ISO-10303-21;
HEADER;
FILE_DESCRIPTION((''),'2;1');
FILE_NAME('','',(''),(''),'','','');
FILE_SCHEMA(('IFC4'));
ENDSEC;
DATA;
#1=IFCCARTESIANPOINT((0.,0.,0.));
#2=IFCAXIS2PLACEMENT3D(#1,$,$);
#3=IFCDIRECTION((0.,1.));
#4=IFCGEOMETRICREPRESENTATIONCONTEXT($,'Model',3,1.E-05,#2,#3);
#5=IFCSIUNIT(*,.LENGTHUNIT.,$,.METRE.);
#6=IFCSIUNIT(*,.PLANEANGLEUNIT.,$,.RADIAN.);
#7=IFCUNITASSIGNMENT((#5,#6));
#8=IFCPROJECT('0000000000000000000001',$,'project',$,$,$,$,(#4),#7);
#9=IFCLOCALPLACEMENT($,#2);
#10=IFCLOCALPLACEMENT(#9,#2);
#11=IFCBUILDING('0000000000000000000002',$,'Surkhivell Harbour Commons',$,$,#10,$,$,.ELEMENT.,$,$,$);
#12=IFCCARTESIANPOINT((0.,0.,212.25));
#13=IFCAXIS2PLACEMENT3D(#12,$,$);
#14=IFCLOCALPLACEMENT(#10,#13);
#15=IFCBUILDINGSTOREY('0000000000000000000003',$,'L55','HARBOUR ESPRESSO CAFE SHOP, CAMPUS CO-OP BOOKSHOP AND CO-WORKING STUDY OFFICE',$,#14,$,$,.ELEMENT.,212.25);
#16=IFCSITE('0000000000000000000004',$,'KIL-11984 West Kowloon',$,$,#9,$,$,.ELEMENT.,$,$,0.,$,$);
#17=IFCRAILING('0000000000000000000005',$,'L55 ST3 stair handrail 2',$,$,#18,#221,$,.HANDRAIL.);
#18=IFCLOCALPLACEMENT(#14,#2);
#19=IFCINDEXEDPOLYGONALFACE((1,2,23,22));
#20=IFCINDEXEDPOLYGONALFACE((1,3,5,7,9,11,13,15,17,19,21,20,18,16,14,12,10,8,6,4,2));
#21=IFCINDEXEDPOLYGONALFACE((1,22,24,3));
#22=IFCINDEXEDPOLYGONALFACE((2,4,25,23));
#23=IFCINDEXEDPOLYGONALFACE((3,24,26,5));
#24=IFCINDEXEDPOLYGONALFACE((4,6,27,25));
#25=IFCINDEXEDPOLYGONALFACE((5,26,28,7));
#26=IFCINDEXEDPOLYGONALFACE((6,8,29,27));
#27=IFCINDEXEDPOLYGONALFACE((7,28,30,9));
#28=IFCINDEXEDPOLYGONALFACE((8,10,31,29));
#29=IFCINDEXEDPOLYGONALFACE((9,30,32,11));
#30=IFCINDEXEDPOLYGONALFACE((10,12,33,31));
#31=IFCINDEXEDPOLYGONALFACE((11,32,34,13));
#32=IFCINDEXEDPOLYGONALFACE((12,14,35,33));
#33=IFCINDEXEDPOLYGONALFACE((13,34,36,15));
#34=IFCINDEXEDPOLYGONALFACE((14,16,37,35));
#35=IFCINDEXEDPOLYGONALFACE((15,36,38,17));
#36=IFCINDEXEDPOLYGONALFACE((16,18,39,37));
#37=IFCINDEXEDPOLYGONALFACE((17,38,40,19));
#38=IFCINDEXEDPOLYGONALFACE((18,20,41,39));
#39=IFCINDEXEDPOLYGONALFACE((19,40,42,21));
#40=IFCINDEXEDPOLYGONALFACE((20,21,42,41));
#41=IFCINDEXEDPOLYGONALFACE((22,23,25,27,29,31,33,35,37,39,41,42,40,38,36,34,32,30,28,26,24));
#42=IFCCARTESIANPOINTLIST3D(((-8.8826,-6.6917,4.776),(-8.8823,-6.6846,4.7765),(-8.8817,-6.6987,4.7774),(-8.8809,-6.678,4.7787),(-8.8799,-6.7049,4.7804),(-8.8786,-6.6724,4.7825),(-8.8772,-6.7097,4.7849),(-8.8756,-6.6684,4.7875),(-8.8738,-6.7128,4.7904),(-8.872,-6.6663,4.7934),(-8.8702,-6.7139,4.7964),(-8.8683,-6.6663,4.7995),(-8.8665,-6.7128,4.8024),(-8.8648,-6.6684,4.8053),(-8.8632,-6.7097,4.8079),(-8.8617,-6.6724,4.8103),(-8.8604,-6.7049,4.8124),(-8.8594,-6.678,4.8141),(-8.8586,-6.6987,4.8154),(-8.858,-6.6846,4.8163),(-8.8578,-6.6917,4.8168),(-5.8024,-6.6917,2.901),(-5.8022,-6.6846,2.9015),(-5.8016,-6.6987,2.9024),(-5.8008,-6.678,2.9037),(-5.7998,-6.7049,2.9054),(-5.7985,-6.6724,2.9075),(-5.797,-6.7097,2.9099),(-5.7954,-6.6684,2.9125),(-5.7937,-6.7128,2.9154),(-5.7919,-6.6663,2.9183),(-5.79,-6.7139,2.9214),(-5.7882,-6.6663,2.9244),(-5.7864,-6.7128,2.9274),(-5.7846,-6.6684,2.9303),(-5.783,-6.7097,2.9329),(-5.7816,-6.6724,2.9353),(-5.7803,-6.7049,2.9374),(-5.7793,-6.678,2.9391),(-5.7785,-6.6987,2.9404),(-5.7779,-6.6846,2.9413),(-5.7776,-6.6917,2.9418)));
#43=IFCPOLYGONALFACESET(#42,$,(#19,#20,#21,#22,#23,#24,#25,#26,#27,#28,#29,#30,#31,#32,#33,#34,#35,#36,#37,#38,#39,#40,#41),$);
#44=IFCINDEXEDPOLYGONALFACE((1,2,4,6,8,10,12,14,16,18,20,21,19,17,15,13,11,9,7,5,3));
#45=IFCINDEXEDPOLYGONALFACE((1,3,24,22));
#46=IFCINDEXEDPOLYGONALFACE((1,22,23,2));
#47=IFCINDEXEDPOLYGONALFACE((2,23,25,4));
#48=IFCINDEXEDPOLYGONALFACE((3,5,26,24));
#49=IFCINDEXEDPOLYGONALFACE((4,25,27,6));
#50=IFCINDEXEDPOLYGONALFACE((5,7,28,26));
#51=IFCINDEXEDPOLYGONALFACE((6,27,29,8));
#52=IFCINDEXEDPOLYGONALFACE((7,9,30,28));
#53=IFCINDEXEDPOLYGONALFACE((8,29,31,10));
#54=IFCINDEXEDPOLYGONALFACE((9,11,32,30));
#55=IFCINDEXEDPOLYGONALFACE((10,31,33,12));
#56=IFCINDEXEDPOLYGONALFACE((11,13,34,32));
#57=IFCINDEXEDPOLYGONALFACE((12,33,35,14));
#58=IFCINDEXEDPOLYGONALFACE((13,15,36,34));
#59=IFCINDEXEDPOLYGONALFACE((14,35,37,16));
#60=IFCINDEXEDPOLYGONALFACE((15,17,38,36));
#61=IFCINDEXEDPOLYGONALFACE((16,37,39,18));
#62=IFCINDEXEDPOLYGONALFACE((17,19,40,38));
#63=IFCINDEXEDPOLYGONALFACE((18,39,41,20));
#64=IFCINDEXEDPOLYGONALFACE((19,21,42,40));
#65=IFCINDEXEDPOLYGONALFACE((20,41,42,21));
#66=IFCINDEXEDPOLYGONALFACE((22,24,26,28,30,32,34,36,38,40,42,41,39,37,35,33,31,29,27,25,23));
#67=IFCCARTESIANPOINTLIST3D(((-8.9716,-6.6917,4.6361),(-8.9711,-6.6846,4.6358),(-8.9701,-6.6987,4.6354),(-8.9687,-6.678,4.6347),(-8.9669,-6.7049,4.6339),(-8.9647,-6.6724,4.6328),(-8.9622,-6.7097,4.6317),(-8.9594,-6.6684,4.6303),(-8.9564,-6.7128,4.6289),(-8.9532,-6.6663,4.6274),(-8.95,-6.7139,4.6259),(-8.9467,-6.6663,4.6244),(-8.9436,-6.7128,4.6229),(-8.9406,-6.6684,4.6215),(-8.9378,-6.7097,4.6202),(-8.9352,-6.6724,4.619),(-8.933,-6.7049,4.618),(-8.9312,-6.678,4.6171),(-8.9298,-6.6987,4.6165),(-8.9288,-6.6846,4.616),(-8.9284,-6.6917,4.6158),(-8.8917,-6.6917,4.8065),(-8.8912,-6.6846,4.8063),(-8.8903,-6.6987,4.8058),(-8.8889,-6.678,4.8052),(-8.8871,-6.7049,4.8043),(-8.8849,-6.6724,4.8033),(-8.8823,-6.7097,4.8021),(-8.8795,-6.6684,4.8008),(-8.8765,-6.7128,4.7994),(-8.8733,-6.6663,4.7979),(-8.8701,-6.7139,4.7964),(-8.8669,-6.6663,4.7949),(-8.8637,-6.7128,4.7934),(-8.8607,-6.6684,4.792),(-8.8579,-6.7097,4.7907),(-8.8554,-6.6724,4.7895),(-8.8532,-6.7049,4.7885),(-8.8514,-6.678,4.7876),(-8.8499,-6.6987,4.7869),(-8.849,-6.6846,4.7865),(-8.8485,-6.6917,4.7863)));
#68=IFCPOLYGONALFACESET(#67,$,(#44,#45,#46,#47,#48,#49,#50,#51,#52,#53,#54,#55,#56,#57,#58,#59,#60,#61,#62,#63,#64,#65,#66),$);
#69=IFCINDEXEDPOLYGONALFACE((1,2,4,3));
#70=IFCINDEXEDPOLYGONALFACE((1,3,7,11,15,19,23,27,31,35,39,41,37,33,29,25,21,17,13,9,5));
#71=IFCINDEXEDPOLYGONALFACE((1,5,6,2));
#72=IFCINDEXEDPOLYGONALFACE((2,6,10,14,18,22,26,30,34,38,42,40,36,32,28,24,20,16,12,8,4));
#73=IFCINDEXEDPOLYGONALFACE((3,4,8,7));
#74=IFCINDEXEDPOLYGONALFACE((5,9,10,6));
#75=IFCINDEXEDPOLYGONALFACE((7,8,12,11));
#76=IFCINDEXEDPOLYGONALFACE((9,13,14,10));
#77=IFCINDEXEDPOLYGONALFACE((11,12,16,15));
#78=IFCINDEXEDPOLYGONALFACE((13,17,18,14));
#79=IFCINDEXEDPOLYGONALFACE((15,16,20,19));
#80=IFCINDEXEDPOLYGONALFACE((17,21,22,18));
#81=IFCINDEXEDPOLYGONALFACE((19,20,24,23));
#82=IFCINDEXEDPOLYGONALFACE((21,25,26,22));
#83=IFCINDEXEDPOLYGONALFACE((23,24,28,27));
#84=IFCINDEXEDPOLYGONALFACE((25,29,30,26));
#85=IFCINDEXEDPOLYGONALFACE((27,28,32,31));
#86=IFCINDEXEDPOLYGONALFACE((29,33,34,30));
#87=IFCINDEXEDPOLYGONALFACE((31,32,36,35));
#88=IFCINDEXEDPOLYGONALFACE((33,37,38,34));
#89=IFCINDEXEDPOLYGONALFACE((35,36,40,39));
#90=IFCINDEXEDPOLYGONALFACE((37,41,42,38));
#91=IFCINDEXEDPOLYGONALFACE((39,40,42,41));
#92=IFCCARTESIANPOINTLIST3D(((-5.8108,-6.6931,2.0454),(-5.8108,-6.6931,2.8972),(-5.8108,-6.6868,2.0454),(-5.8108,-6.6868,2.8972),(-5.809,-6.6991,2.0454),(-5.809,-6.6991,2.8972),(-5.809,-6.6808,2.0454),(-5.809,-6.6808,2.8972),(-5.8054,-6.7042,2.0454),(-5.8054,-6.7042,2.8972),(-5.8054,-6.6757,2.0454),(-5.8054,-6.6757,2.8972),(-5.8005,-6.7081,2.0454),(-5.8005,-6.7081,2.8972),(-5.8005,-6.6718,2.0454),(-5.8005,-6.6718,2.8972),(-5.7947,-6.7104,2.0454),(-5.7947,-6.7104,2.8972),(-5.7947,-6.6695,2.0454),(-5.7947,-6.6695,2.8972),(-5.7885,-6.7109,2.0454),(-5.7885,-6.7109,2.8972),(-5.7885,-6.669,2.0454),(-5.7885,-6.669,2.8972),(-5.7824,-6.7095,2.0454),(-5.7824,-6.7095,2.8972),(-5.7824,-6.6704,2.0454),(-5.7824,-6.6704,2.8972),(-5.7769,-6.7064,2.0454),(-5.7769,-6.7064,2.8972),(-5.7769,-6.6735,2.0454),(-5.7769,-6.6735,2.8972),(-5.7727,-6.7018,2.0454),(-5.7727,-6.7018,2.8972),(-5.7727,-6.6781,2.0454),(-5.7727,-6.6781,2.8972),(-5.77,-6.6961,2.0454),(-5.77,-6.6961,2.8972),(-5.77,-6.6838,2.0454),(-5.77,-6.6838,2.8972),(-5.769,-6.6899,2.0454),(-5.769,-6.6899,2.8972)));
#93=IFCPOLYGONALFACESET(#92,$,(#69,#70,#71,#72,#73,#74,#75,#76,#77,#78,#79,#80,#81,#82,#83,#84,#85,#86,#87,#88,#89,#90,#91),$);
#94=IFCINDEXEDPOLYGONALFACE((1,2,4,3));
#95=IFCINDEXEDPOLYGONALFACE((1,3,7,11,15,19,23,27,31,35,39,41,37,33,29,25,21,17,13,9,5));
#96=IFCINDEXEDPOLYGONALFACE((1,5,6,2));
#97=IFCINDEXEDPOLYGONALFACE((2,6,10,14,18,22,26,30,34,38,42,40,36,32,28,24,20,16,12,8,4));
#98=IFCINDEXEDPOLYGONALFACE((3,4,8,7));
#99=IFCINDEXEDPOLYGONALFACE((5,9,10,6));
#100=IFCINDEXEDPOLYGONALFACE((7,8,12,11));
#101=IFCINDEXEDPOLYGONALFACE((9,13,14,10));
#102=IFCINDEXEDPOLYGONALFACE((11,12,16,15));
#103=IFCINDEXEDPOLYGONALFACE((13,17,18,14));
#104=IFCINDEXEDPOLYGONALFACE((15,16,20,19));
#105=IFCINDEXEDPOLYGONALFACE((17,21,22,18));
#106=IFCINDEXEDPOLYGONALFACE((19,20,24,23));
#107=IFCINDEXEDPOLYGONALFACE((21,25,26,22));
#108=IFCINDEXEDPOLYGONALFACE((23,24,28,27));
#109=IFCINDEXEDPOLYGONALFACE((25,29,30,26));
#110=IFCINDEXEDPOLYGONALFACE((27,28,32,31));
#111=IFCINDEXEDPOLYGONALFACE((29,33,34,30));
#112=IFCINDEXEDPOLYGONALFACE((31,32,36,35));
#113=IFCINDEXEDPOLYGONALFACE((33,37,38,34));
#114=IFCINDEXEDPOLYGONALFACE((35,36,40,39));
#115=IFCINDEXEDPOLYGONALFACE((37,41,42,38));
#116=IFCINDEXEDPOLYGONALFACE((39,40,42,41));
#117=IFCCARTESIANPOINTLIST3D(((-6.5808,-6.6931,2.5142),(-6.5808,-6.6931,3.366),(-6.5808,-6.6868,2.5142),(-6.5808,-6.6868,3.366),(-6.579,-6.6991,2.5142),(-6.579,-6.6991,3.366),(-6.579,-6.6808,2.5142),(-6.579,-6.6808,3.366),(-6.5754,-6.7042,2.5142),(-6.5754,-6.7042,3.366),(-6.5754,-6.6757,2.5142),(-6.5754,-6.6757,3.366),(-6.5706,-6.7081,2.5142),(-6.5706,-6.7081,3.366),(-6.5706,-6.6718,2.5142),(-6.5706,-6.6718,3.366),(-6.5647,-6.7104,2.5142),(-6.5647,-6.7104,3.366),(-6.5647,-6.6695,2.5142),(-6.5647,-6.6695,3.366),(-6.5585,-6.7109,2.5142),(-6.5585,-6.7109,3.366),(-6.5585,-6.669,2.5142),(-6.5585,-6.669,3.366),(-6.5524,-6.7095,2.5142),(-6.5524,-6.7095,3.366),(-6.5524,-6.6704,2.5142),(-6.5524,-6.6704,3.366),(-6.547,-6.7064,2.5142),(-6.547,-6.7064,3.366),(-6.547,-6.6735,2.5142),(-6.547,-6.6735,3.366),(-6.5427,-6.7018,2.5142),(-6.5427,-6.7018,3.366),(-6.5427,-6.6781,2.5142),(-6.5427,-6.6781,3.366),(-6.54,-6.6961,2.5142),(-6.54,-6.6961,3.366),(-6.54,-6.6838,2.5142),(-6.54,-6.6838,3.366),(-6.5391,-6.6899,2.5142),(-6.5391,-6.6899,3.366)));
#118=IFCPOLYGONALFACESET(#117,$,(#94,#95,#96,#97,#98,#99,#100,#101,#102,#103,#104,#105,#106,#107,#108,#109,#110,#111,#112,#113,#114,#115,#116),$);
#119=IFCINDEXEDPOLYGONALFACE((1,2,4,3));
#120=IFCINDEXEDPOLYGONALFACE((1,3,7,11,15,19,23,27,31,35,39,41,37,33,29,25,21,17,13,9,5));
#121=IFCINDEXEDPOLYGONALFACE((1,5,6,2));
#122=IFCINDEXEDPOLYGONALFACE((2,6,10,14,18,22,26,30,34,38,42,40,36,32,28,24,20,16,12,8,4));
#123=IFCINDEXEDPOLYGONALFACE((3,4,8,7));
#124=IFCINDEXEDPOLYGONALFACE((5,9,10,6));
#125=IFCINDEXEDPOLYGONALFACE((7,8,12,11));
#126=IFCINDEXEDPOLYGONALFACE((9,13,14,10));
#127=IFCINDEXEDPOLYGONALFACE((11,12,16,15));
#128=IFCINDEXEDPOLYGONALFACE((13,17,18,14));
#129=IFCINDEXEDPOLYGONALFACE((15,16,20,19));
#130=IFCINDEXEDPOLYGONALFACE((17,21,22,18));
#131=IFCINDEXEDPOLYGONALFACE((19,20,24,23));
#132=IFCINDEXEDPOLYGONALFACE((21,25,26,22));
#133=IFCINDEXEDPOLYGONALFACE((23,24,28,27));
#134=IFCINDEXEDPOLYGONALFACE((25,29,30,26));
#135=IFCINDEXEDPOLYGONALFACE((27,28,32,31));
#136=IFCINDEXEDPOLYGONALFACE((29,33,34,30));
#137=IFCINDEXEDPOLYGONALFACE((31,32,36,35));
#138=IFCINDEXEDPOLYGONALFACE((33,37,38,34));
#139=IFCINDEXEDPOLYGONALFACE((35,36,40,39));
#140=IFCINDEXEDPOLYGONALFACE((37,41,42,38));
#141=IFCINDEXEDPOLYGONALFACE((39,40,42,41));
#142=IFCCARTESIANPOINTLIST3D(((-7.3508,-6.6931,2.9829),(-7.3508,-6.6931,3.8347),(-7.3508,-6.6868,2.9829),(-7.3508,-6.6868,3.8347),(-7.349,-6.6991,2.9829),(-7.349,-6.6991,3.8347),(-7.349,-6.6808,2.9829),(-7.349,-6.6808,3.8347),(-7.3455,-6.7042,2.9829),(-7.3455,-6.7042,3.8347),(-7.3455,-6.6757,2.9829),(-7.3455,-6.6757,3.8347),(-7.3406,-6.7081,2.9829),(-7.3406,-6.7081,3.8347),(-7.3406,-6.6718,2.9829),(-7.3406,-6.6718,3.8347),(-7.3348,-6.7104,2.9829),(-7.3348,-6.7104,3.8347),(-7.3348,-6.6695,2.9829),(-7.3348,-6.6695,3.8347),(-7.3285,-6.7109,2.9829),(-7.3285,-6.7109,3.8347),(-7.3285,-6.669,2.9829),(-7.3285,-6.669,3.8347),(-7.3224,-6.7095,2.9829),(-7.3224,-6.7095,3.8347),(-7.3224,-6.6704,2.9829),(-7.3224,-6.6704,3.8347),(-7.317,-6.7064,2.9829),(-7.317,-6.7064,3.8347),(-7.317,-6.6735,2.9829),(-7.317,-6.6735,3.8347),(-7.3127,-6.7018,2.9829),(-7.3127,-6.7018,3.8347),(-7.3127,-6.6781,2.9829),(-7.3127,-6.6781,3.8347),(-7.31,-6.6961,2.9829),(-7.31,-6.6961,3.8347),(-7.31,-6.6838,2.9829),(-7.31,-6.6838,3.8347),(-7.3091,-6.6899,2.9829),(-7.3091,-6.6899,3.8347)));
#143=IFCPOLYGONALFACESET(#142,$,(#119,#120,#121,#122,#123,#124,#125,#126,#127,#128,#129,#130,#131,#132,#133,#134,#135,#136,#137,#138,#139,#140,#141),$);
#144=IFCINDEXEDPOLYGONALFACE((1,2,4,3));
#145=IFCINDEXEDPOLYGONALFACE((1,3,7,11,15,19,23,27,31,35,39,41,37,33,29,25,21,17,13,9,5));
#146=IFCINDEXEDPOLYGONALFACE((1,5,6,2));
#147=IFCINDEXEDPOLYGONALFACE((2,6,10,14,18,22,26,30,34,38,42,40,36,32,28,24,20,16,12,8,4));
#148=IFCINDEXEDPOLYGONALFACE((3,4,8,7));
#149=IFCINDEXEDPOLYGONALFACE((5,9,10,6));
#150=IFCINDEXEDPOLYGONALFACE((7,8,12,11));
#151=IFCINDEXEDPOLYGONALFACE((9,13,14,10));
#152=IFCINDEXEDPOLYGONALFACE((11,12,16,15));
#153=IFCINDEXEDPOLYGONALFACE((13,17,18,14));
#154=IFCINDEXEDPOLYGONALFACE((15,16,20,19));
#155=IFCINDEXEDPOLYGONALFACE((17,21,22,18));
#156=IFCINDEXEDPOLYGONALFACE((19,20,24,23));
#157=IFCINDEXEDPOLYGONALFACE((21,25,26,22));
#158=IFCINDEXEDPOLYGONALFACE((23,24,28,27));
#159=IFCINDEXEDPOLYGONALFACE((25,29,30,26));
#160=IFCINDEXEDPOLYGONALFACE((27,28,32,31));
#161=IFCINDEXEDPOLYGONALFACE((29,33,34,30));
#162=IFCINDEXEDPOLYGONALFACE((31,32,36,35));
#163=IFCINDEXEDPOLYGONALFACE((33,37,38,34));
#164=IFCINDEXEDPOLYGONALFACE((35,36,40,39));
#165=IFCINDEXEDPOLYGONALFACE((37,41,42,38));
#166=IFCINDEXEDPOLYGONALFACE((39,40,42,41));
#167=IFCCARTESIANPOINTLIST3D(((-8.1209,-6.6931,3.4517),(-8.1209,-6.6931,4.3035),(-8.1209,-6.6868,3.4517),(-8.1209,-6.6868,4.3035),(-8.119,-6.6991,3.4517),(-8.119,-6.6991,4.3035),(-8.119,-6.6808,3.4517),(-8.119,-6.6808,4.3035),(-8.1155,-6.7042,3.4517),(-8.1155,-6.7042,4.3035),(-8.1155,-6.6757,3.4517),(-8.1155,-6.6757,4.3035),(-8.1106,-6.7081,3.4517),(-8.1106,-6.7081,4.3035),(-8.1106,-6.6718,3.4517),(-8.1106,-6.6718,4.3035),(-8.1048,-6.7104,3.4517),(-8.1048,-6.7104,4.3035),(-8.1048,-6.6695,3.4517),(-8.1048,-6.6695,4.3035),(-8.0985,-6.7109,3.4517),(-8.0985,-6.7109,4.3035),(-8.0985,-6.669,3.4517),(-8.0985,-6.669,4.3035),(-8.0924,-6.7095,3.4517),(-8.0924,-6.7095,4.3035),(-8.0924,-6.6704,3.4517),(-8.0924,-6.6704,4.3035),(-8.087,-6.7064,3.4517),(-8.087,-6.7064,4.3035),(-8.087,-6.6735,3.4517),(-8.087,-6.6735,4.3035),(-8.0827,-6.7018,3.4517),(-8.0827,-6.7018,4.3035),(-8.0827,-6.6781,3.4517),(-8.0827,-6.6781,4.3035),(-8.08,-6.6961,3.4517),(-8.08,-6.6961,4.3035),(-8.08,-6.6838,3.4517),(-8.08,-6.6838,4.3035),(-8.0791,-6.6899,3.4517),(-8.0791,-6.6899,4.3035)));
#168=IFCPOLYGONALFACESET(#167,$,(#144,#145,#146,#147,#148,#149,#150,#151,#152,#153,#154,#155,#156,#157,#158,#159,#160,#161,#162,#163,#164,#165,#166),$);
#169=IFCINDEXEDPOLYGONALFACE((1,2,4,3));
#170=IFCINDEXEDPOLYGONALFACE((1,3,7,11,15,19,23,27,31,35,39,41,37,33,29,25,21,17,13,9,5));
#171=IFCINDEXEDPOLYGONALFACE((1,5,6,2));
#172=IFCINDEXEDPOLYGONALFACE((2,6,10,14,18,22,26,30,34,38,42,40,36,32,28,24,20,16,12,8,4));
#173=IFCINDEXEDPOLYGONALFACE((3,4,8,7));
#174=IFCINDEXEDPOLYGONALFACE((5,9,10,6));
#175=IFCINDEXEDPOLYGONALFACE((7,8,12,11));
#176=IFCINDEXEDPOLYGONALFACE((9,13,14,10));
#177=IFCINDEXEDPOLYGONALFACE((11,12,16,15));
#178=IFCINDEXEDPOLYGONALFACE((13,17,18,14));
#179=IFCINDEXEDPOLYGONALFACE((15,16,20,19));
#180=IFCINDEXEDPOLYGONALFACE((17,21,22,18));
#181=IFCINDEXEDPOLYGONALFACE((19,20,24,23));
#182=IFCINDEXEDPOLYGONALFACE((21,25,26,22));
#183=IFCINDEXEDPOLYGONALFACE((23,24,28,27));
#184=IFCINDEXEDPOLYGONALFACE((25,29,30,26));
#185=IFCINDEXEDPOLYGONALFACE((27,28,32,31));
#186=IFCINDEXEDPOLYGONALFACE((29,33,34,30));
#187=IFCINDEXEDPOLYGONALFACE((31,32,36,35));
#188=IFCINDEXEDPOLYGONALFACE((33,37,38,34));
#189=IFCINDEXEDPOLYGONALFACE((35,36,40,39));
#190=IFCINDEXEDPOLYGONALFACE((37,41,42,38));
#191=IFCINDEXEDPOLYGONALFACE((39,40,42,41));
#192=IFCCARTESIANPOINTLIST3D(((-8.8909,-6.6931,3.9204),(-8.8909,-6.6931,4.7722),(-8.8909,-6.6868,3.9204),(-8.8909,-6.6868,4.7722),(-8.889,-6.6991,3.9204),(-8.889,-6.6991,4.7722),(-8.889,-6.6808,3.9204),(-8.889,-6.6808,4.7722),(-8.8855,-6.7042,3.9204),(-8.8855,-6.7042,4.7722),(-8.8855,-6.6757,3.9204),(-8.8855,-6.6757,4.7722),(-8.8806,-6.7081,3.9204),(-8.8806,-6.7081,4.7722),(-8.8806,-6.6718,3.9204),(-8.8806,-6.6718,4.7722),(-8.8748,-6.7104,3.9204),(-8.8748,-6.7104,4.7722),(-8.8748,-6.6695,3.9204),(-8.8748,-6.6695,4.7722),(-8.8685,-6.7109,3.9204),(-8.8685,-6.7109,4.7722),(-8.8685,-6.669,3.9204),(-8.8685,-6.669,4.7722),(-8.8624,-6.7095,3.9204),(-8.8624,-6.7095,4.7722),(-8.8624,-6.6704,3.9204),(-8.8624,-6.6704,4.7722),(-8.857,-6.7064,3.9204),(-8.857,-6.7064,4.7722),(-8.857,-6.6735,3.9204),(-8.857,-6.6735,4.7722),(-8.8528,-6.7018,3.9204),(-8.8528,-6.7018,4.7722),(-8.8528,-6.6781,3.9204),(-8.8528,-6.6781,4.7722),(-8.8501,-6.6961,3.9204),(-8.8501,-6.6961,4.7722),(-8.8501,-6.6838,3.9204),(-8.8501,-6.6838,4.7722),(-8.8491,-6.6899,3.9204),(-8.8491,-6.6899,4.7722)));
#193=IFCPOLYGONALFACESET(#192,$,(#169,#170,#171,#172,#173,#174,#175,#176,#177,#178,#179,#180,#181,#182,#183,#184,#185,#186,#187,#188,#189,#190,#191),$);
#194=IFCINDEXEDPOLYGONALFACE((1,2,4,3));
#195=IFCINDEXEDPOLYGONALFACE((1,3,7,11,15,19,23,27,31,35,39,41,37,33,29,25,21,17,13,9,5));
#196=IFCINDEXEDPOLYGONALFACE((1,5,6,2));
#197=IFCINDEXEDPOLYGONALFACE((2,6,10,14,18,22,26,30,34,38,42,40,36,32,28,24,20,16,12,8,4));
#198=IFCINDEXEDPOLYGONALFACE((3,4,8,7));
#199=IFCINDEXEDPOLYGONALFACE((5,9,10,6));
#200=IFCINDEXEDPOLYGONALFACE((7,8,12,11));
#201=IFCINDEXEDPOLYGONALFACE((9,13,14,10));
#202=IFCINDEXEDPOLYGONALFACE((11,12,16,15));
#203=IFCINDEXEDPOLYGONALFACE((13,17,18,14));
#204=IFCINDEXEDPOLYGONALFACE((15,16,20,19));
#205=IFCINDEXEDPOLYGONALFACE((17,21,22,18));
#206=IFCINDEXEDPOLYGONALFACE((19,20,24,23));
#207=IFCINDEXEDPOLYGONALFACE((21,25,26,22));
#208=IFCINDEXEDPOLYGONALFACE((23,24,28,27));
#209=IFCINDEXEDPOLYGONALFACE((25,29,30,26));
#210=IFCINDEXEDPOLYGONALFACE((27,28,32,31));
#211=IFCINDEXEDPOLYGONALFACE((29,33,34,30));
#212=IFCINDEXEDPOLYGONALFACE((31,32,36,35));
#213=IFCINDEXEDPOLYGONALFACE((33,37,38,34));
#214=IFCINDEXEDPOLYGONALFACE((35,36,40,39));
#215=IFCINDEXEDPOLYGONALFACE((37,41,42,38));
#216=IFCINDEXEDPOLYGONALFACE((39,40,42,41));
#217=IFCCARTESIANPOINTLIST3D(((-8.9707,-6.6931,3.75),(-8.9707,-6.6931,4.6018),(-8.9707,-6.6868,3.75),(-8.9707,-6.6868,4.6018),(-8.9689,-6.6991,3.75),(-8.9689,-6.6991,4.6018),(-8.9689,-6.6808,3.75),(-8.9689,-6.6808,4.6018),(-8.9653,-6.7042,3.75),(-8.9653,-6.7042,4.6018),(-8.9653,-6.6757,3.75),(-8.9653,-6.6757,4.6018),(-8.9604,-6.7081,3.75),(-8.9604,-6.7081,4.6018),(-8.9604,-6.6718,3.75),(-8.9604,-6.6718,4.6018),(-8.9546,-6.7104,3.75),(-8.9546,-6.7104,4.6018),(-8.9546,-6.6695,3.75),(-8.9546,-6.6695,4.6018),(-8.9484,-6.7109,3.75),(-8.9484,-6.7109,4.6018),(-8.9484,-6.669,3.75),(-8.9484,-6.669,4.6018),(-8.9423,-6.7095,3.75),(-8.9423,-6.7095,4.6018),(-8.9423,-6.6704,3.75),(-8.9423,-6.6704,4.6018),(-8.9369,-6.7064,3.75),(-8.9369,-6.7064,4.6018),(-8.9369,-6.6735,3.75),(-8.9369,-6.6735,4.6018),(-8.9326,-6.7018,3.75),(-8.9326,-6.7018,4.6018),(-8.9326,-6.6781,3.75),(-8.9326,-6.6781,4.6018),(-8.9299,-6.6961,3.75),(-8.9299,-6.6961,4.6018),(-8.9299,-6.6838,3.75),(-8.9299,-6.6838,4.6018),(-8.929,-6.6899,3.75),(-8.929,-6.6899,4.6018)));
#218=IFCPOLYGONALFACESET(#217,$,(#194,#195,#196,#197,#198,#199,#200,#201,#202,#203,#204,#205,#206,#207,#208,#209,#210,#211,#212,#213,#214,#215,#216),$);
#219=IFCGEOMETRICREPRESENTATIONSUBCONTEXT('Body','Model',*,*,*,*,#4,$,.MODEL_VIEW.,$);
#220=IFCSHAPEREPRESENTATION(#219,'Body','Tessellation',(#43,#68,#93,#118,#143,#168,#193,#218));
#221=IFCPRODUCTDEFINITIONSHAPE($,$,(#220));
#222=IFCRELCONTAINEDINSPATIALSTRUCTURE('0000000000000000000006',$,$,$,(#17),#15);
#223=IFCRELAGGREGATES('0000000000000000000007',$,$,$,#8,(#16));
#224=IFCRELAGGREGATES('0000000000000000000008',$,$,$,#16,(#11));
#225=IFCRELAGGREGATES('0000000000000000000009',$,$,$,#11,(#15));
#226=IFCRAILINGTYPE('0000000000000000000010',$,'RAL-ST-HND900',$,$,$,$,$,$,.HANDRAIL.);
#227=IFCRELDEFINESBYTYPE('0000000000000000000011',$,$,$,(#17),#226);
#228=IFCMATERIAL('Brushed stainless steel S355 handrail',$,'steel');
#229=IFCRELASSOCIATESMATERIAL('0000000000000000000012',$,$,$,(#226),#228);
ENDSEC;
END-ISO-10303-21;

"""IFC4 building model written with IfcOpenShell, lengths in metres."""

from ifc_helpers import new_model, si_unit, direction, frame, origin, origin_2d, place, context, subcontext, project, spatial, circle, extrude, material, type_object, element, save


model = new_model("IFC4")

# Units and contexts
model_context = context("Model", 3, precision=1e-05, world=origin(), true_north=direction((0.0, 1.0)))
body_context = subcontext(model_context, "Body", "Model", "MODEL_VIEW")
ifc_project = project(units=[si_unit("LENGTHUNIT", "METRE"), si_unit("PLANEANGLEUNIT", "RADIAN")], contexts=[model_context])

# Site, building, storey
site_placement = place(None, origin())
site = spatial("IfcSite", under=ifc_project, at=site_placement, Name="KIL-11984 West Kowloon", CompositionType="ELEMENT", RefElevation=0.0)
building_placement = place(site_placement, origin())
building = spatial("IfcBuilding", under=site, at=building_placement, Name="Surkhivell Harbour Commons", CompositionType="ELEMENT")
storey_placement = place(building_placement, frame((0.0, 0.0, 212.25)))
storey = spatial("IfcBuildingStorey", under=building, at=storey_placement, Name="L55", Description="HARBOUR ESPRESSO CAFE SHOP, CAMPUS CO-OP BOOKSHOP AND CO-WORKING STUDY OFFICE", CompositionType="ELEMENT", Elevation=212.25)

# Railing
ifc_material_1 = material(Name="Brushed stainless steel S355 handrail", Category="steel")
railing_type_1 = type_object("IfcRailingType", Name="RAL-ST-HND900", PredefinedType="HANDRAIL", material=ifc_material_1)
railing_1_placement = place(storey_placement, frame((-5.79, -6.6899, 2.0454)))
element("IfcRailing", 1, at=railing_1_placement, inside=storey, type_object=railing_type_1, Name="L55 ST3 stair handrail 2", PredefinedType="HANDRAIL", context=body_context, shape_type="SweptSolid", body=[
    extrude(circle(Radius=0.0239, at=origin_2d()), frame((0.0, 0.0, 0.876), z_axis=(-0.854178, 0.0, 0.519981), x_axis=(0.0, -1.0, 0.0)), (0.0, 0.0, 1.0), 3.606),
    extrude(circle(Radius=0.0239, at=origin_2d()), frame((-3.0801, 0.0, 2.751), z_axis=(-0.424234, 0.0, -0.905552), x_axis=(0.0, -1.0, 0.0)), (0.0, 0.0, 1.0), 0.1882),
    extrude(circle(Radius=0.021, at=origin_2d()), origin(), (0.0, 0.0, 1.0), 0.8518),
    extrude(circle(Radius=0.021, at=origin_2d()), frame((-0.77, 0.0, 0.4688)), (0.0, 0.0, 1.0), 0.8518),
    extrude(circle(Radius=0.021, at=origin_2d()), frame((-1.54, 0.0, 0.9375)), (0.0, 0.0, 1.0), 0.8518),
    extrude(circle(Radius=0.021, at=origin_2d()), frame((-2.3101, 0.0, 1.4062)), (0.0, 0.0, 1.0), 0.8518),
    extrude(circle(Radius=0.021, at=origin_2d()), frame((-3.0801, 0.0, 1.875)), (0.0, 0.0, 1.0), 0.8518),
    extrude(circle(Radius=0.021, at=origin_2d()), frame((-3.1599, 0.0, 1.7046)), (0.0, 0.0, 1.0), 0.8518),
])

save(model, "model.ifc")
